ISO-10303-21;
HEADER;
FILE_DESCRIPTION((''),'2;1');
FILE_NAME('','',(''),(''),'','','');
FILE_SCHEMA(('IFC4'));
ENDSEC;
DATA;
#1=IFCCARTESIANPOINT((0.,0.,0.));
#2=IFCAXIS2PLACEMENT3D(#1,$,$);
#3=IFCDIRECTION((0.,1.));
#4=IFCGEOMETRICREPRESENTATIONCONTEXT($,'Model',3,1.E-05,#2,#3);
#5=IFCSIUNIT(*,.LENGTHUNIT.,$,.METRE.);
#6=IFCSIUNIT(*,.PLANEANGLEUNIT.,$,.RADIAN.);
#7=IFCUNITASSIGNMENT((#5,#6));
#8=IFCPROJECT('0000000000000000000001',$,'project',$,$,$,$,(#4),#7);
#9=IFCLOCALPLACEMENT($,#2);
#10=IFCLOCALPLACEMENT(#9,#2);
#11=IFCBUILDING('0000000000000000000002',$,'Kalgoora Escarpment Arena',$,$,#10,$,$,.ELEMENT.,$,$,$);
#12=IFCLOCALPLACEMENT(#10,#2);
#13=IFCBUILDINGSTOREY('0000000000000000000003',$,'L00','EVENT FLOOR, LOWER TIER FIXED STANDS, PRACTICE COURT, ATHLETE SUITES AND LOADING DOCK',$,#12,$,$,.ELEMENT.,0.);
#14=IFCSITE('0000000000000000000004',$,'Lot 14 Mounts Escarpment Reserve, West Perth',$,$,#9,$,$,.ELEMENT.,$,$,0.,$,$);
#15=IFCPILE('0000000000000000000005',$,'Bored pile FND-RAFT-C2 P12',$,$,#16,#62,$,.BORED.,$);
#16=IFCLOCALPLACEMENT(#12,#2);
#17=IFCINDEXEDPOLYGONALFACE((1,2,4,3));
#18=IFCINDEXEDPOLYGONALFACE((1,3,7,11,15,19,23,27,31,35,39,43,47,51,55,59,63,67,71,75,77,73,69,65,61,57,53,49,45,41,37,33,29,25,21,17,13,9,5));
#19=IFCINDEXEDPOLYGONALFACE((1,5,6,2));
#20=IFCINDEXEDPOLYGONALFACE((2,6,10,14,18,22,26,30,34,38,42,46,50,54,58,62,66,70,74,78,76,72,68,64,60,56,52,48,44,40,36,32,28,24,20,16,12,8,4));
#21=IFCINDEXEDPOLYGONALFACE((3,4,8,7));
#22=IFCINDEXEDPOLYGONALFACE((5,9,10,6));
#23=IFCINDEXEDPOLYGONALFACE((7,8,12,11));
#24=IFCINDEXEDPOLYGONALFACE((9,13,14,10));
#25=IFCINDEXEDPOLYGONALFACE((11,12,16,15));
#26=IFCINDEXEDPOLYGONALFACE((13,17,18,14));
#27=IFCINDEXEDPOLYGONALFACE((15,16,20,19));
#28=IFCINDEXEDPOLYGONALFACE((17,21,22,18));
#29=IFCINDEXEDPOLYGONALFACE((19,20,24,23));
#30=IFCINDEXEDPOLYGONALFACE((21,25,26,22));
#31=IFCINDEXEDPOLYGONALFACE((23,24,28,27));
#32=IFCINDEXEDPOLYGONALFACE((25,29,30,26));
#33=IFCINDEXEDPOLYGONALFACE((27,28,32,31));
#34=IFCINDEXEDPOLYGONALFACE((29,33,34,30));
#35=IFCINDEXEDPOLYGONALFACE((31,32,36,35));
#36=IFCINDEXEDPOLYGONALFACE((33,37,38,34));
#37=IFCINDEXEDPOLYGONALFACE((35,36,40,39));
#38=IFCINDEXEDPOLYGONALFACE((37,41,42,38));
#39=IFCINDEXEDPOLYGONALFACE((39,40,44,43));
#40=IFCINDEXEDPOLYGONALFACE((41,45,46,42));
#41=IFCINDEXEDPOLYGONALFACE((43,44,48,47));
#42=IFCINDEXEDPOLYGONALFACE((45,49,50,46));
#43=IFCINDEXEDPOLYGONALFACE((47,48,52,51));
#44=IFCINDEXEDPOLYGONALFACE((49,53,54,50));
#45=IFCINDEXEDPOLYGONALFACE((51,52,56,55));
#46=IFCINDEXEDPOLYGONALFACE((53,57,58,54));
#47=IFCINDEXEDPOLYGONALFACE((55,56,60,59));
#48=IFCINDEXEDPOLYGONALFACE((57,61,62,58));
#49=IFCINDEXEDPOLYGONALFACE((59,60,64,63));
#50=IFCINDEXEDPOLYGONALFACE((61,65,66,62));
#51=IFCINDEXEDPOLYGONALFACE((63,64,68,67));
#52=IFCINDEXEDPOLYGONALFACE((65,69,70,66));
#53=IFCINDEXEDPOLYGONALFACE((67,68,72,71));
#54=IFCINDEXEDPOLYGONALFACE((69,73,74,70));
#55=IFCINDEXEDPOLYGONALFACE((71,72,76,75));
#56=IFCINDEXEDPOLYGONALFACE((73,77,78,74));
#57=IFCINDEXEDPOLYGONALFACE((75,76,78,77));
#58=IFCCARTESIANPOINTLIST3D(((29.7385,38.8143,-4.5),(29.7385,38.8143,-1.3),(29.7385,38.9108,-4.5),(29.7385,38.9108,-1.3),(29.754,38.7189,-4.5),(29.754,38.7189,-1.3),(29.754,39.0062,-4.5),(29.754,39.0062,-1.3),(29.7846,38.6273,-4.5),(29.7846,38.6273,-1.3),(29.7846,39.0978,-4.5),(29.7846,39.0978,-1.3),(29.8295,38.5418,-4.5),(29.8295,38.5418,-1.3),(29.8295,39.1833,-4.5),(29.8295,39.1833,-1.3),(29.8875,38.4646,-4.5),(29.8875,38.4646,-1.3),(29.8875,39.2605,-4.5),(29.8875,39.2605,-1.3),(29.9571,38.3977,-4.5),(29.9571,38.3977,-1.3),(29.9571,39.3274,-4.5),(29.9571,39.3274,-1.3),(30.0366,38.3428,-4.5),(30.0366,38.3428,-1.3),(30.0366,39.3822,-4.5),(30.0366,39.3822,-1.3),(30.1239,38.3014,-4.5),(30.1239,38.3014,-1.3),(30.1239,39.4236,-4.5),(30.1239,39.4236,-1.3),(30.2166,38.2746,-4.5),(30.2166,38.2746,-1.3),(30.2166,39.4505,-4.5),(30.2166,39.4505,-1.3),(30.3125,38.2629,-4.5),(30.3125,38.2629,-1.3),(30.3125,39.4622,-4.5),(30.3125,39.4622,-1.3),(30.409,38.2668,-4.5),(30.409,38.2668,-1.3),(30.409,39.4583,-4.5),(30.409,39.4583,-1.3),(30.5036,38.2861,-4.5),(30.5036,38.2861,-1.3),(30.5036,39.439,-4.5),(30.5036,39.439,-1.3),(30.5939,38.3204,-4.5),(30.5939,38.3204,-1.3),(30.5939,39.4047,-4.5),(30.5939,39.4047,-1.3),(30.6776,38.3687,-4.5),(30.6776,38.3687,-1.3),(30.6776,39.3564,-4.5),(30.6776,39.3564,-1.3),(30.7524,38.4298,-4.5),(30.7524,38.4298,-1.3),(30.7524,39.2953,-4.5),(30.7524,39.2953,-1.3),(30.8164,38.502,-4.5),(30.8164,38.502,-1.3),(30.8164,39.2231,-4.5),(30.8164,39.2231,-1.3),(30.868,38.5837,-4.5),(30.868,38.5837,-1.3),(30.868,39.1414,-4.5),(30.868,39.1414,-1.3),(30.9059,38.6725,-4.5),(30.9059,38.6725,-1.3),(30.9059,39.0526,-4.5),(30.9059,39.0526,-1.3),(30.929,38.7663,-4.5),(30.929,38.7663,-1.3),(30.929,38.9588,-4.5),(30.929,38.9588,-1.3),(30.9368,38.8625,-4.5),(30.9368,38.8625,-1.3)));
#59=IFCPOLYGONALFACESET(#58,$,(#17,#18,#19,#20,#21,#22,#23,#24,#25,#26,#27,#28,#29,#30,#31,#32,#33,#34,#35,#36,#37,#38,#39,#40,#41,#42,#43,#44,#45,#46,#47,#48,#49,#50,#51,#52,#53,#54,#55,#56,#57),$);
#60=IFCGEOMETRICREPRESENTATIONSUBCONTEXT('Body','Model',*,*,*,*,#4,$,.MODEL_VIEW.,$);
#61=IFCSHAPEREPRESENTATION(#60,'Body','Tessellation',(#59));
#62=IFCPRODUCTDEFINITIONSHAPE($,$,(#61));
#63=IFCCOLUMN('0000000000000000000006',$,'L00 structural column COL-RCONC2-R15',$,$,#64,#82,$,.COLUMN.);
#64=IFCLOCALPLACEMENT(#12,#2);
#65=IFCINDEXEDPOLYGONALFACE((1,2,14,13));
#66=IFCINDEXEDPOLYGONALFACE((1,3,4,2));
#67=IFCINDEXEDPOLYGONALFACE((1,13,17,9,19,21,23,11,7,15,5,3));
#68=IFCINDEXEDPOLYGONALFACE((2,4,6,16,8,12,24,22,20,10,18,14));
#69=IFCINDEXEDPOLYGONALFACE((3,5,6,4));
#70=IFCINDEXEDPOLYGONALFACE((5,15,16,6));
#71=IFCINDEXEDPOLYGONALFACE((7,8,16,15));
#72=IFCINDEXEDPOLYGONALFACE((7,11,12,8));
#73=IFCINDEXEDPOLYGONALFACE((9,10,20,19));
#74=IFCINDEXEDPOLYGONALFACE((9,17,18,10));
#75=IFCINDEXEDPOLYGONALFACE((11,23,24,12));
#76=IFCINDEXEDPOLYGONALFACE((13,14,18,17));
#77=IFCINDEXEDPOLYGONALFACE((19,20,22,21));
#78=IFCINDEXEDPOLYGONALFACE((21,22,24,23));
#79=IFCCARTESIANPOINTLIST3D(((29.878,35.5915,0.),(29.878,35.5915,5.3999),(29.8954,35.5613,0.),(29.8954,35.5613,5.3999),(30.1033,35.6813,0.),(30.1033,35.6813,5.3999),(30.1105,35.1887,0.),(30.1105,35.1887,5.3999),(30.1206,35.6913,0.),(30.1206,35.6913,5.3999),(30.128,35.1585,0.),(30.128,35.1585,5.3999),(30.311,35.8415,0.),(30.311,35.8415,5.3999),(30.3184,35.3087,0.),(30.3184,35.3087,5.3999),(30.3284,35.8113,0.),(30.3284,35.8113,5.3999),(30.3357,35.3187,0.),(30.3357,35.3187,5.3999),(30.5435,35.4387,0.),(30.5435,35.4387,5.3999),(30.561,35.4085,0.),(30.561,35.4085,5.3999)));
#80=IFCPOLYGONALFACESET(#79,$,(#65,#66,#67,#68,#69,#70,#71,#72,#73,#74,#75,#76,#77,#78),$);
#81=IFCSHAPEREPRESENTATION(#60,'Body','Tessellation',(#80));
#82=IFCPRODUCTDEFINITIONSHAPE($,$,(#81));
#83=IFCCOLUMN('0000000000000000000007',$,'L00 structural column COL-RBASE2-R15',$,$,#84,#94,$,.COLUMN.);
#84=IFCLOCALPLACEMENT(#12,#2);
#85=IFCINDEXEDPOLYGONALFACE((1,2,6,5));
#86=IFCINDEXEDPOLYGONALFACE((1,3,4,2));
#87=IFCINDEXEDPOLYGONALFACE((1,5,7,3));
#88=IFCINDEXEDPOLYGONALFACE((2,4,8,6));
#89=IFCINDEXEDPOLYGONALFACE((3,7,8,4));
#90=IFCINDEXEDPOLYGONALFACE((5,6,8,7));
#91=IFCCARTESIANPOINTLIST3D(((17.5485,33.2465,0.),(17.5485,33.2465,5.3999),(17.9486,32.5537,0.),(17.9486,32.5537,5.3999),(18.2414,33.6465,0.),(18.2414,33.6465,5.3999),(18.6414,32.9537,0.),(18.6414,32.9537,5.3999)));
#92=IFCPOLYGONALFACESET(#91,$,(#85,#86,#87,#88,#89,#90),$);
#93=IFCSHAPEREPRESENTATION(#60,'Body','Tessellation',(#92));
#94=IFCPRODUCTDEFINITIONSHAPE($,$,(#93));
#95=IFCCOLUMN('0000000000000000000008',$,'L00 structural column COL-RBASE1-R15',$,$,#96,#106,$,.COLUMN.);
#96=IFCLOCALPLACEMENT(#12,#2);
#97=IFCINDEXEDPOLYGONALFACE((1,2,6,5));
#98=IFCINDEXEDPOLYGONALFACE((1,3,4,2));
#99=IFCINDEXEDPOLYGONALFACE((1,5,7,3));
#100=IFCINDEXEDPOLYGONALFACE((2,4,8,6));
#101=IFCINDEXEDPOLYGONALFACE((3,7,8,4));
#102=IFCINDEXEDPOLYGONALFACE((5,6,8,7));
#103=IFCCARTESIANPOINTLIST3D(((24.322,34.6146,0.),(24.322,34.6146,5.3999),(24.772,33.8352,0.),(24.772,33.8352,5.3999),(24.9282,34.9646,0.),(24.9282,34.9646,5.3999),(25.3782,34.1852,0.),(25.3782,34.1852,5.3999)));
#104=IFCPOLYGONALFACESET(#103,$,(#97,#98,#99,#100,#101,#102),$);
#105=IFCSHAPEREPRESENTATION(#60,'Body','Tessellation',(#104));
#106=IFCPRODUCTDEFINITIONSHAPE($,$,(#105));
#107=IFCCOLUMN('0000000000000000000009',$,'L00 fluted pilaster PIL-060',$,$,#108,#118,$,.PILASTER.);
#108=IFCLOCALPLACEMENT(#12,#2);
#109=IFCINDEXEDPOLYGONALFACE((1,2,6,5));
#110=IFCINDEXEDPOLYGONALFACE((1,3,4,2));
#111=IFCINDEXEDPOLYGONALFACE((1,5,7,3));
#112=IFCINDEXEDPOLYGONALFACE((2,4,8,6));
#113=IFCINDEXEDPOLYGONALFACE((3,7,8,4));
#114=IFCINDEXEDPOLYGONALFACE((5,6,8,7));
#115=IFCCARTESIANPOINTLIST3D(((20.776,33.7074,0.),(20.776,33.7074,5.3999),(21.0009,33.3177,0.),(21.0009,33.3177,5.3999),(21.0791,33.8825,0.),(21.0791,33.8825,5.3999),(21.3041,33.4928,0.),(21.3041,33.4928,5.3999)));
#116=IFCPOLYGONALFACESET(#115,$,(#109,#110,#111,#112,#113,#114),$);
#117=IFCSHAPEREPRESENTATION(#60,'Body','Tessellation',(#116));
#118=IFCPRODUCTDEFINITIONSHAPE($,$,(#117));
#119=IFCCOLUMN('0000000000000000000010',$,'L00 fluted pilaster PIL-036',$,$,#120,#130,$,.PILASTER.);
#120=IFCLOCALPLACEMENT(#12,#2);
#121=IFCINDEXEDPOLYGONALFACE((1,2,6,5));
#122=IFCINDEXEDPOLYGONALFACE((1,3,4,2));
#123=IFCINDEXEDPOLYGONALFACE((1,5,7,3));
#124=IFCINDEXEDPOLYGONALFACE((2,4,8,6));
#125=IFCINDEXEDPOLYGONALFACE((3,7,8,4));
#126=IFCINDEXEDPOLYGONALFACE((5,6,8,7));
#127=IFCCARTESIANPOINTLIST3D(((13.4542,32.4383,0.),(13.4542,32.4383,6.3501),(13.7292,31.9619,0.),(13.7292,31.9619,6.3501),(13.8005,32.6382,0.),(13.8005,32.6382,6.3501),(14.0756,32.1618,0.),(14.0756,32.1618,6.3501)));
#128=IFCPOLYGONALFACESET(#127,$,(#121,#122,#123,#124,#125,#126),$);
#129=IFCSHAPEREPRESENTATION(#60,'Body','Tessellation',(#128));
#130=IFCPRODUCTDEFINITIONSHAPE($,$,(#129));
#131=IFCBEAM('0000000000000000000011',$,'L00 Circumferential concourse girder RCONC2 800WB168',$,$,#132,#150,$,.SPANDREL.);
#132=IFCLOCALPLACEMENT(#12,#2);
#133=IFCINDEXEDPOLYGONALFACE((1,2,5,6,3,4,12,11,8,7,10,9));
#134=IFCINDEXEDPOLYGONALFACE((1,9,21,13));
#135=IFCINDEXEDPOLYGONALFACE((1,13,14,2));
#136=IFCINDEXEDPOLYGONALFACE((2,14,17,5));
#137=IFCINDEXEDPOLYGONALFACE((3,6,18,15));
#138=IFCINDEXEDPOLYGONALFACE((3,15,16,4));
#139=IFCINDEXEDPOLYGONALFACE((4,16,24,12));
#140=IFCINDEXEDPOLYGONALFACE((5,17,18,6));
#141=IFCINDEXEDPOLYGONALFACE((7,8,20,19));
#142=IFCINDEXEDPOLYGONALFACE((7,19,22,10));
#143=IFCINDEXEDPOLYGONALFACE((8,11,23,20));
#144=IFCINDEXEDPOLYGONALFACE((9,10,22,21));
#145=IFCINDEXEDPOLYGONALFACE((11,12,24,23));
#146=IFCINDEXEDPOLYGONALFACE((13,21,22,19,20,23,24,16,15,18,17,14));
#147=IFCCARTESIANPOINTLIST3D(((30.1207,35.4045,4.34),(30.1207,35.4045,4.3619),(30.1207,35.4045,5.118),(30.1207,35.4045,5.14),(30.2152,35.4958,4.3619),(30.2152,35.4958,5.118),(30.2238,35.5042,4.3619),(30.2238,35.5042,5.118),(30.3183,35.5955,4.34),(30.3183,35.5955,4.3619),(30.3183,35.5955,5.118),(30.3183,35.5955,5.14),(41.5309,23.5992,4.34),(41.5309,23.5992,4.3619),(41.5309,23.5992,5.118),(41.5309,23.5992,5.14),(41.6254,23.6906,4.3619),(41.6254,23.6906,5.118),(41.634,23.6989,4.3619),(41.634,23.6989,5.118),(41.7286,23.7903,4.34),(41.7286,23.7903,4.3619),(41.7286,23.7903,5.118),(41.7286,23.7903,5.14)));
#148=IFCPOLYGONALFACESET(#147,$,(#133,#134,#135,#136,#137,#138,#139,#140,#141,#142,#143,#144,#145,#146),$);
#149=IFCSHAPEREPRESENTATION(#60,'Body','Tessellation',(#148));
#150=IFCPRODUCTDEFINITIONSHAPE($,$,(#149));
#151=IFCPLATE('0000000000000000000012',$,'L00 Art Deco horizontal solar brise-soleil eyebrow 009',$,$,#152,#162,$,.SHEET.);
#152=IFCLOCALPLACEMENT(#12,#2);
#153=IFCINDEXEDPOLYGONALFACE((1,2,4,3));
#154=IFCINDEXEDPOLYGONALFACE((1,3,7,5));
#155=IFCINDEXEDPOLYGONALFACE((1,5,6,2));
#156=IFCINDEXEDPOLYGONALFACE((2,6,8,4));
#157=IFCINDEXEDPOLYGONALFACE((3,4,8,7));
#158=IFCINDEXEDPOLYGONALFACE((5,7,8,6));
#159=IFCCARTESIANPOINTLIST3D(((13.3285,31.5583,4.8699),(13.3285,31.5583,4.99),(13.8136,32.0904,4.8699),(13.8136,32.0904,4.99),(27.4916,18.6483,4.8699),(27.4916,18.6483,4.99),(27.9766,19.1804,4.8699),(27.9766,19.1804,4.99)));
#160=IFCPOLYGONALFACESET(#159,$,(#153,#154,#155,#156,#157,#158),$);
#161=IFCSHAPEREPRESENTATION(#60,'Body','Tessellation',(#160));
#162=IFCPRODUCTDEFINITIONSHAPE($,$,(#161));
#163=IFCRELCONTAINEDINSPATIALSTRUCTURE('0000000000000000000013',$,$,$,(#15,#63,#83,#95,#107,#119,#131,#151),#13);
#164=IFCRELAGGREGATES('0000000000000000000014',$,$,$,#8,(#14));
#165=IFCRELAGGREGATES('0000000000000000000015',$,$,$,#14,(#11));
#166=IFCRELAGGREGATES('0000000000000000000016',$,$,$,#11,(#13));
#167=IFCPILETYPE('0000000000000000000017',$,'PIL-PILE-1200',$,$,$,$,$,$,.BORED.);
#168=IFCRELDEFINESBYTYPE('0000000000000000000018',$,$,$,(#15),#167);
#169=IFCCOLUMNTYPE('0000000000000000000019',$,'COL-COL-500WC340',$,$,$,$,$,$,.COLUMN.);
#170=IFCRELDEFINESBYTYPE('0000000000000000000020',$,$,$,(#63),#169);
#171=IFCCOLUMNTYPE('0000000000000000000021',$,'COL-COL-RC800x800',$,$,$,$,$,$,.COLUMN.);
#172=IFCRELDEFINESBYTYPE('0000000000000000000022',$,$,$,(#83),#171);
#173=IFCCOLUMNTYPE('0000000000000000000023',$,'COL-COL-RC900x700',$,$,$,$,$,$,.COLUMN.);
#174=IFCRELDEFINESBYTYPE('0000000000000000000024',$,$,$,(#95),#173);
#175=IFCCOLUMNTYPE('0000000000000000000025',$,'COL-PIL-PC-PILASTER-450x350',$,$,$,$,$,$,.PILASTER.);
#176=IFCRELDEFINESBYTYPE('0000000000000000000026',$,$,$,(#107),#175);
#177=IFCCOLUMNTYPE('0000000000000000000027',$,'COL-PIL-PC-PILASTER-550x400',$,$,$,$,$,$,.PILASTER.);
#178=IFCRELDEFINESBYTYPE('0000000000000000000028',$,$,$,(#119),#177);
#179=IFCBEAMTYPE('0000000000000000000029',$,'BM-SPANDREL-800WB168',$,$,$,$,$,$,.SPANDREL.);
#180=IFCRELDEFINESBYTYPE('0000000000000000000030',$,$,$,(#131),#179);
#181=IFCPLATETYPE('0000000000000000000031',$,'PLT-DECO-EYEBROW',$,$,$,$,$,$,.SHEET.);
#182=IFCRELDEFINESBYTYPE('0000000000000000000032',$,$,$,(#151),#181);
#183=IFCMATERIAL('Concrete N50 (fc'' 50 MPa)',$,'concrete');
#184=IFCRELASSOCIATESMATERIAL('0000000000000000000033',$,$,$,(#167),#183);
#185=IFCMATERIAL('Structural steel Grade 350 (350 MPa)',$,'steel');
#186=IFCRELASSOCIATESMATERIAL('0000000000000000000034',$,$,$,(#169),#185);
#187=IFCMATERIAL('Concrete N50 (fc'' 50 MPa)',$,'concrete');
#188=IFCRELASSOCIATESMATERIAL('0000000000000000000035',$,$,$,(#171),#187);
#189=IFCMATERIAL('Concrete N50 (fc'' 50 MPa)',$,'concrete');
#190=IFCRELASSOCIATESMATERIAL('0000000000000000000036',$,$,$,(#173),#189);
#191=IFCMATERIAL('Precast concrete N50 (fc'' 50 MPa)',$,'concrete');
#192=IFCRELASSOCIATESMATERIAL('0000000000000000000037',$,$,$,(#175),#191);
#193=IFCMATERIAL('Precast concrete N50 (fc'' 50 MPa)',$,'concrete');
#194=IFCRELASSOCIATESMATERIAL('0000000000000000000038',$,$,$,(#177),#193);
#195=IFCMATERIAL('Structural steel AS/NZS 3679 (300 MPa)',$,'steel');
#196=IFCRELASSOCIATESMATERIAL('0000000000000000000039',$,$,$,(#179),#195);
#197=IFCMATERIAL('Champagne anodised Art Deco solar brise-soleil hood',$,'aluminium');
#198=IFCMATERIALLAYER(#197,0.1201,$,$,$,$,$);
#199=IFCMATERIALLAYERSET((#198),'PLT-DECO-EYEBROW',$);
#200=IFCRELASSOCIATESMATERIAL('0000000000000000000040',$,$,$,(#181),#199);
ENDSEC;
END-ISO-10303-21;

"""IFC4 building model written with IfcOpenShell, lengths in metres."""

from ifc_helpers import new_model, si_unit, direction, frame, origin, origin_2d, place, context, subcontext, project, spatial, rectangle, circle, i_section, extrude, material, layer, layer_set, material_profile, profile_set, type_object, element, save


model = new_model("IFC4")

# Units and contexts
model_context = context("Model", 3, precision=1e-05, world=origin(), true_north=direction((0.0, 1.0)))
body_context = subcontext(model_context, "Body", "Model", "MODEL_VIEW")
ifc_project = project(units=[si_unit("LENGTHUNIT", "METRE"), si_unit("PLANEANGLEUNIT", "RADIAN")], contexts=[model_context])

# Site, building, storey
site_placement = place(None, origin())
site = spatial("IfcSite", under=ifc_project, at=site_placement, Name="Lot 14 Mounts Escarpment Reserve, West Perth", CompositionType="ELEMENT", RefElevation=0.0)
building_placement = place(site_placement, origin())
building = spatial("IfcBuilding", under=site, at=building_placement, Name="Kalgoora Escarpment Arena", CompositionType="ELEMENT")
storey_placement = place(building_placement, origin())
storey = spatial("IfcBuildingStorey", under=building, at=storey_placement, Name="L00", Description="EVENT FLOOR, LOWER TIER FIXED STANDS, PRACTICE COURT, ATHLETE SUITES AND LOADING DOCK", CompositionType="ELEMENT", Elevation=0.0)

# Pile
ifc_material_1 = material(Name="Concrete N50 (fc' 50 MPa)", Category="concrete")
ifc_material_profile_1 = material_profile(ifc_material_1, circle(Radius=0.6001, at=origin_2d()))
ifc_profile_set_1 = profile_set([ifc_material_profile_1], Name="Concrete N50 (fc' 50 MPa)")
pile_type = type_object("IfcPileType", Name="PIL-PILE-1200", PredefinedType="BORED", material=ifc_profile_set_1)
for number, where, z_axis, x_axis, name in (
    (1, (30.3367, 38.8625, -1.3), (0.0, 0.0, -1.0), (1.0, 0.0, 0.0), "Bored pile FND-RAFT-C2 P12"),
):
    element("IfcPile", number, at=place(storey_placement, frame(where, z_axis=z_axis, x_axis=x_axis)), inside=storey, type_object=pile_type, Name=name, PredefinedType="BORED", context=body_context, shape_type="SweptSolid", body=[
        extrude(circle(Radius=0.6001, at=origin_2d()), origin(), (0.0, 0.0, 1.0), 3.2),
    ])

# Columns
ifc_material_2 = material(Name="Structural steel Grade 350 (350 MPa)", Category="steel")
ifc_material_profile_2 = material_profile(ifc_material_2, i_section(OverallWidth=0.5, OverallDepth=0.5, WebThickness=0.02, FlangeThickness=0.0349, at=origin_2d()))
ifc_profile_set_2 = profile_set([ifc_material_profile_2], Name="Structural steel Grade 350 (350 MPa)")
column_type_1 = type_object("IfcColumnType", Name="COL-COL-500WC340", PredefinedType="COLUMN", material=ifc_profile_set_2)
column_1_placement = place(storey_placement, frame((30.2195, 35.5, 0.0), z_axis=(0.0, 0.0, 1.0), x_axis=(-0.866025, -0.5, 0.0)))
element("IfcColumn", 2, at=column_1_placement, inside=storey, type_object=column_type_1, Name="L00 structural column COL-RCONC2-R15", PredefinedType="COLUMN", context=body_context, shape_type="SweptSolid", body=[
    extrude(i_section(OverallWidth=0.5, OverallDepth=0.5, WebThickness=0.02, FlangeThickness=0.0349, at=origin_2d()), origin(), (0.0, 0.0, 1.0), 5.3999),
])
ifc_material_3 = material(Name="Concrete N50 (fc' 50 MPa)", Category="concrete")
ifc_material_profile_3 = material_profile(ifc_material_3, rectangle(XDim=0.8, YDim=0.8, at=origin_2d()))
ifc_profile_set_3 = profile_set([ifc_material_profile_3], Name="Concrete N50 (fc' 50 MPa)")
column_type_2 = type_object("IfcColumnType", Name="COL-COL-RC800x800", PredefinedType="COLUMN", material=ifc_profile_set_3)
column_2_placement = place(storey_placement, frame((18.095, 33.1001, 0.0), z_axis=(0.0, 0.0, 1.0), x_axis=(-0.866025, -0.5, 0.0)))
element("IfcColumn", 3, at=column_2_placement, inside=storey, type_object=column_type_2, Name="L00 structural column COL-RBASE2-R15", PredefinedType="COLUMN", context=body_context, shape_type="SweptSolid", body=[
    extrude(rectangle(XDim=0.8, YDim=0.8, at=origin_2d()), origin(), (0.0, 0.0, 1.0), 5.3999),
])
ifc_material_4 = material(Name="Concrete N50 (fc' 50 MPa)", Category="concrete")
ifc_material_profile_4 = material_profile(ifc_material_4, rectangle(XDim=0.7, YDim=0.8999, at=origin_2d()))
ifc_profile_set_4 = profile_set([ifc_material_profile_4], Name="Concrete N50 (fc' 50 MPa)")
column_type_3 = type_object("IfcColumnType", Name="COL-COL-RC900x700", PredefinedType="COLUMN", material=ifc_profile_set_4)
column_3_placement = place(storey_placement, frame((24.8501, 34.3999, 0.0), z_axis=(0.0, 0.0, 1.0), x_axis=(-0.866025, -0.5, 0.0)))
element("IfcColumn", 4, at=column_3_placement, inside=storey, type_object=column_type_3, Name="L00 structural column COL-RBASE1-R15", PredefinedType="COLUMN", context=body_context, shape_type="SweptSolid", body=[
    extrude(rectangle(XDim=0.7, YDim=0.8999, at=origin_2d()), origin(), (0.0, 0.0, 1.0), 5.3999),
])
ifc_material_5 = material(Name="Precast concrete N50 (fc' 50 MPa)", Category="concrete")
ifc_material_profile_5 = material_profile(ifc_material_5, rectangle(XDim=0.3501, YDim=0.45, at=origin_2d()))
ifc_profile_set_5 = profile_set([ifc_material_profile_5], Name="Precast concrete N50 (fc' 50 MPa)")
column_type_4 = type_object("IfcColumnType", Name="COL-PIL-PC-PILASTER-450x350", PredefinedType="PILASTER", material=ifc_profile_set_5)
column_4_placement = place(storey_placement, frame((21.04, 33.6001, 0.0), z_axis=(0.0, 0.0, 1.0), x_axis=(-0.866025, -0.5, 0.0)))
element("IfcColumn", 5, at=column_4_placement, inside=storey, type_object=column_type_4, Name="L00 fluted pilaster PIL-060", PredefinedType="PILASTER", context=body_context, shape_type="SweptSolid", body=[
    extrude(rectangle(XDim=0.3501, YDim=0.45, at=origin_2d()), origin(), (0.0, 0.0, 1.0), 5.3999),
])
ifc_material_6 = material(Name="Precast concrete N50 (fc' 50 MPa)", Category="concrete")
ifc_material_profile_6 = material_profile(ifc_material_6, rectangle(XDim=0.3999, YDim=0.55, at=origin_2d()))
ifc_profile_set_6 = profile_set([ifc_material_profile_6], Name="Precast concrete N50 (fc' 50 MPa)")
column_type_5 = type_object("IfcColumnType", Name="COL-PIL-PC-PILASTER-550x400", PredefinedType="PILASTER", material=ifc_profile_set_6)
column_5_placement = place(storey_placement, frame((13.7649, 32.3, 0.0), z_axis=(0.0, 0.0, 1.0), x_axis=(-0.866025, -0.5, 0.0)))
element("IfcColumn", 6, at=column_5_placement, inside=storey, type_object=column_type_5, Name="L00 fluted pilaster PIL-036", PredefinedType="PILASTER", context=body_context, shape_type="SweptSolid", body=[
    extrude(rectangle(XDim=0.3999, YDim=0.55, at=origin_2d()), origin(), (0.0, 0.0, 1.0), 6.3501),
])

# Beam
ifc_material_7 = material(Name="Structural steel AS/NZS 3679 (300 MPa)", Category="steel")
ifc_material_profile_7 = material_profile(ifc_material_7, i_section(OverallWidth=0.2749, OverallDepth=0.8, WebThickness=0.012, FlangeThickness=0.022, at=origin_2d()))
ifc_profile_set_7 = profile_set([ifc_material_profile_7], Name="Structural steel AS/NZS 3679 (300 MPa)")
beam_type = type_object("IfcBeamType", Name="BM-SPANDREL-800WB168", PredefinedType="SPANDREL", material=ifc_profile_set_7)
beam_placement = place(storey_placement, frame((30.2195, 35.5, 4.74), z_axis=(0.694974, -0.719034, 0.0), x_axis=(0.719034, 0.694974, 0.0)))
element("IfcBeam", 7, at=beam_placement, inside=storey, type_object=beam_type, Name="L00 Circumferential concourse girder RCONC2 800WB168", PredefinedType="SPANDREL", context=body_context, shape_type="SweptSolid", body=[
    extrude(i_section(OverallWidth=0.2749, OverallDepth=0.8, WebThickness=0.012, FlangeThickness=0.022, at=origin_2d()), origin(), (0.0, 0.0, 1.0), 16.4182),
])

# Plate
ifc_material_8 = material(Name="Champagne anodised Art Deco solar brise-soleil hood", Category="aluminium")
ifc_layer_1 = layer(ifc_material_8, 0.1201)
ifc_layer_set_1 = layer_set([ifc_layer_1], Name="PLT-DECO-EYEBROW")
plate_type = type_object("IfcPlateType", Name="PLT-DECO-EYEBROW", PredefinedType="SHEET", material=ifc_layer_set_1)
plate_placement = place(storey_placement, frame((20.6526, 25.3694, 4.8699), z_axis=(0.0, 0.0, 1.0), x_axis=(-0.739043, 0.673658, 0.0)))
element("IfcPlate", 8, at=plate_placement, inside=storey, type_object=plate_type, Name="L00 Art Deco horizontal solar brise-soleil eyebrow 009", PredefinedType="SHEET", context=body_context, shape_type="SweptSolid", body=[
    extrude(rectangle(XDim=19.1641, YDim=0.72, at=origin_2d()), origin(), (0.0, 0.0, 1.0), 0.1201),
])

save(model, "model.ifc")
